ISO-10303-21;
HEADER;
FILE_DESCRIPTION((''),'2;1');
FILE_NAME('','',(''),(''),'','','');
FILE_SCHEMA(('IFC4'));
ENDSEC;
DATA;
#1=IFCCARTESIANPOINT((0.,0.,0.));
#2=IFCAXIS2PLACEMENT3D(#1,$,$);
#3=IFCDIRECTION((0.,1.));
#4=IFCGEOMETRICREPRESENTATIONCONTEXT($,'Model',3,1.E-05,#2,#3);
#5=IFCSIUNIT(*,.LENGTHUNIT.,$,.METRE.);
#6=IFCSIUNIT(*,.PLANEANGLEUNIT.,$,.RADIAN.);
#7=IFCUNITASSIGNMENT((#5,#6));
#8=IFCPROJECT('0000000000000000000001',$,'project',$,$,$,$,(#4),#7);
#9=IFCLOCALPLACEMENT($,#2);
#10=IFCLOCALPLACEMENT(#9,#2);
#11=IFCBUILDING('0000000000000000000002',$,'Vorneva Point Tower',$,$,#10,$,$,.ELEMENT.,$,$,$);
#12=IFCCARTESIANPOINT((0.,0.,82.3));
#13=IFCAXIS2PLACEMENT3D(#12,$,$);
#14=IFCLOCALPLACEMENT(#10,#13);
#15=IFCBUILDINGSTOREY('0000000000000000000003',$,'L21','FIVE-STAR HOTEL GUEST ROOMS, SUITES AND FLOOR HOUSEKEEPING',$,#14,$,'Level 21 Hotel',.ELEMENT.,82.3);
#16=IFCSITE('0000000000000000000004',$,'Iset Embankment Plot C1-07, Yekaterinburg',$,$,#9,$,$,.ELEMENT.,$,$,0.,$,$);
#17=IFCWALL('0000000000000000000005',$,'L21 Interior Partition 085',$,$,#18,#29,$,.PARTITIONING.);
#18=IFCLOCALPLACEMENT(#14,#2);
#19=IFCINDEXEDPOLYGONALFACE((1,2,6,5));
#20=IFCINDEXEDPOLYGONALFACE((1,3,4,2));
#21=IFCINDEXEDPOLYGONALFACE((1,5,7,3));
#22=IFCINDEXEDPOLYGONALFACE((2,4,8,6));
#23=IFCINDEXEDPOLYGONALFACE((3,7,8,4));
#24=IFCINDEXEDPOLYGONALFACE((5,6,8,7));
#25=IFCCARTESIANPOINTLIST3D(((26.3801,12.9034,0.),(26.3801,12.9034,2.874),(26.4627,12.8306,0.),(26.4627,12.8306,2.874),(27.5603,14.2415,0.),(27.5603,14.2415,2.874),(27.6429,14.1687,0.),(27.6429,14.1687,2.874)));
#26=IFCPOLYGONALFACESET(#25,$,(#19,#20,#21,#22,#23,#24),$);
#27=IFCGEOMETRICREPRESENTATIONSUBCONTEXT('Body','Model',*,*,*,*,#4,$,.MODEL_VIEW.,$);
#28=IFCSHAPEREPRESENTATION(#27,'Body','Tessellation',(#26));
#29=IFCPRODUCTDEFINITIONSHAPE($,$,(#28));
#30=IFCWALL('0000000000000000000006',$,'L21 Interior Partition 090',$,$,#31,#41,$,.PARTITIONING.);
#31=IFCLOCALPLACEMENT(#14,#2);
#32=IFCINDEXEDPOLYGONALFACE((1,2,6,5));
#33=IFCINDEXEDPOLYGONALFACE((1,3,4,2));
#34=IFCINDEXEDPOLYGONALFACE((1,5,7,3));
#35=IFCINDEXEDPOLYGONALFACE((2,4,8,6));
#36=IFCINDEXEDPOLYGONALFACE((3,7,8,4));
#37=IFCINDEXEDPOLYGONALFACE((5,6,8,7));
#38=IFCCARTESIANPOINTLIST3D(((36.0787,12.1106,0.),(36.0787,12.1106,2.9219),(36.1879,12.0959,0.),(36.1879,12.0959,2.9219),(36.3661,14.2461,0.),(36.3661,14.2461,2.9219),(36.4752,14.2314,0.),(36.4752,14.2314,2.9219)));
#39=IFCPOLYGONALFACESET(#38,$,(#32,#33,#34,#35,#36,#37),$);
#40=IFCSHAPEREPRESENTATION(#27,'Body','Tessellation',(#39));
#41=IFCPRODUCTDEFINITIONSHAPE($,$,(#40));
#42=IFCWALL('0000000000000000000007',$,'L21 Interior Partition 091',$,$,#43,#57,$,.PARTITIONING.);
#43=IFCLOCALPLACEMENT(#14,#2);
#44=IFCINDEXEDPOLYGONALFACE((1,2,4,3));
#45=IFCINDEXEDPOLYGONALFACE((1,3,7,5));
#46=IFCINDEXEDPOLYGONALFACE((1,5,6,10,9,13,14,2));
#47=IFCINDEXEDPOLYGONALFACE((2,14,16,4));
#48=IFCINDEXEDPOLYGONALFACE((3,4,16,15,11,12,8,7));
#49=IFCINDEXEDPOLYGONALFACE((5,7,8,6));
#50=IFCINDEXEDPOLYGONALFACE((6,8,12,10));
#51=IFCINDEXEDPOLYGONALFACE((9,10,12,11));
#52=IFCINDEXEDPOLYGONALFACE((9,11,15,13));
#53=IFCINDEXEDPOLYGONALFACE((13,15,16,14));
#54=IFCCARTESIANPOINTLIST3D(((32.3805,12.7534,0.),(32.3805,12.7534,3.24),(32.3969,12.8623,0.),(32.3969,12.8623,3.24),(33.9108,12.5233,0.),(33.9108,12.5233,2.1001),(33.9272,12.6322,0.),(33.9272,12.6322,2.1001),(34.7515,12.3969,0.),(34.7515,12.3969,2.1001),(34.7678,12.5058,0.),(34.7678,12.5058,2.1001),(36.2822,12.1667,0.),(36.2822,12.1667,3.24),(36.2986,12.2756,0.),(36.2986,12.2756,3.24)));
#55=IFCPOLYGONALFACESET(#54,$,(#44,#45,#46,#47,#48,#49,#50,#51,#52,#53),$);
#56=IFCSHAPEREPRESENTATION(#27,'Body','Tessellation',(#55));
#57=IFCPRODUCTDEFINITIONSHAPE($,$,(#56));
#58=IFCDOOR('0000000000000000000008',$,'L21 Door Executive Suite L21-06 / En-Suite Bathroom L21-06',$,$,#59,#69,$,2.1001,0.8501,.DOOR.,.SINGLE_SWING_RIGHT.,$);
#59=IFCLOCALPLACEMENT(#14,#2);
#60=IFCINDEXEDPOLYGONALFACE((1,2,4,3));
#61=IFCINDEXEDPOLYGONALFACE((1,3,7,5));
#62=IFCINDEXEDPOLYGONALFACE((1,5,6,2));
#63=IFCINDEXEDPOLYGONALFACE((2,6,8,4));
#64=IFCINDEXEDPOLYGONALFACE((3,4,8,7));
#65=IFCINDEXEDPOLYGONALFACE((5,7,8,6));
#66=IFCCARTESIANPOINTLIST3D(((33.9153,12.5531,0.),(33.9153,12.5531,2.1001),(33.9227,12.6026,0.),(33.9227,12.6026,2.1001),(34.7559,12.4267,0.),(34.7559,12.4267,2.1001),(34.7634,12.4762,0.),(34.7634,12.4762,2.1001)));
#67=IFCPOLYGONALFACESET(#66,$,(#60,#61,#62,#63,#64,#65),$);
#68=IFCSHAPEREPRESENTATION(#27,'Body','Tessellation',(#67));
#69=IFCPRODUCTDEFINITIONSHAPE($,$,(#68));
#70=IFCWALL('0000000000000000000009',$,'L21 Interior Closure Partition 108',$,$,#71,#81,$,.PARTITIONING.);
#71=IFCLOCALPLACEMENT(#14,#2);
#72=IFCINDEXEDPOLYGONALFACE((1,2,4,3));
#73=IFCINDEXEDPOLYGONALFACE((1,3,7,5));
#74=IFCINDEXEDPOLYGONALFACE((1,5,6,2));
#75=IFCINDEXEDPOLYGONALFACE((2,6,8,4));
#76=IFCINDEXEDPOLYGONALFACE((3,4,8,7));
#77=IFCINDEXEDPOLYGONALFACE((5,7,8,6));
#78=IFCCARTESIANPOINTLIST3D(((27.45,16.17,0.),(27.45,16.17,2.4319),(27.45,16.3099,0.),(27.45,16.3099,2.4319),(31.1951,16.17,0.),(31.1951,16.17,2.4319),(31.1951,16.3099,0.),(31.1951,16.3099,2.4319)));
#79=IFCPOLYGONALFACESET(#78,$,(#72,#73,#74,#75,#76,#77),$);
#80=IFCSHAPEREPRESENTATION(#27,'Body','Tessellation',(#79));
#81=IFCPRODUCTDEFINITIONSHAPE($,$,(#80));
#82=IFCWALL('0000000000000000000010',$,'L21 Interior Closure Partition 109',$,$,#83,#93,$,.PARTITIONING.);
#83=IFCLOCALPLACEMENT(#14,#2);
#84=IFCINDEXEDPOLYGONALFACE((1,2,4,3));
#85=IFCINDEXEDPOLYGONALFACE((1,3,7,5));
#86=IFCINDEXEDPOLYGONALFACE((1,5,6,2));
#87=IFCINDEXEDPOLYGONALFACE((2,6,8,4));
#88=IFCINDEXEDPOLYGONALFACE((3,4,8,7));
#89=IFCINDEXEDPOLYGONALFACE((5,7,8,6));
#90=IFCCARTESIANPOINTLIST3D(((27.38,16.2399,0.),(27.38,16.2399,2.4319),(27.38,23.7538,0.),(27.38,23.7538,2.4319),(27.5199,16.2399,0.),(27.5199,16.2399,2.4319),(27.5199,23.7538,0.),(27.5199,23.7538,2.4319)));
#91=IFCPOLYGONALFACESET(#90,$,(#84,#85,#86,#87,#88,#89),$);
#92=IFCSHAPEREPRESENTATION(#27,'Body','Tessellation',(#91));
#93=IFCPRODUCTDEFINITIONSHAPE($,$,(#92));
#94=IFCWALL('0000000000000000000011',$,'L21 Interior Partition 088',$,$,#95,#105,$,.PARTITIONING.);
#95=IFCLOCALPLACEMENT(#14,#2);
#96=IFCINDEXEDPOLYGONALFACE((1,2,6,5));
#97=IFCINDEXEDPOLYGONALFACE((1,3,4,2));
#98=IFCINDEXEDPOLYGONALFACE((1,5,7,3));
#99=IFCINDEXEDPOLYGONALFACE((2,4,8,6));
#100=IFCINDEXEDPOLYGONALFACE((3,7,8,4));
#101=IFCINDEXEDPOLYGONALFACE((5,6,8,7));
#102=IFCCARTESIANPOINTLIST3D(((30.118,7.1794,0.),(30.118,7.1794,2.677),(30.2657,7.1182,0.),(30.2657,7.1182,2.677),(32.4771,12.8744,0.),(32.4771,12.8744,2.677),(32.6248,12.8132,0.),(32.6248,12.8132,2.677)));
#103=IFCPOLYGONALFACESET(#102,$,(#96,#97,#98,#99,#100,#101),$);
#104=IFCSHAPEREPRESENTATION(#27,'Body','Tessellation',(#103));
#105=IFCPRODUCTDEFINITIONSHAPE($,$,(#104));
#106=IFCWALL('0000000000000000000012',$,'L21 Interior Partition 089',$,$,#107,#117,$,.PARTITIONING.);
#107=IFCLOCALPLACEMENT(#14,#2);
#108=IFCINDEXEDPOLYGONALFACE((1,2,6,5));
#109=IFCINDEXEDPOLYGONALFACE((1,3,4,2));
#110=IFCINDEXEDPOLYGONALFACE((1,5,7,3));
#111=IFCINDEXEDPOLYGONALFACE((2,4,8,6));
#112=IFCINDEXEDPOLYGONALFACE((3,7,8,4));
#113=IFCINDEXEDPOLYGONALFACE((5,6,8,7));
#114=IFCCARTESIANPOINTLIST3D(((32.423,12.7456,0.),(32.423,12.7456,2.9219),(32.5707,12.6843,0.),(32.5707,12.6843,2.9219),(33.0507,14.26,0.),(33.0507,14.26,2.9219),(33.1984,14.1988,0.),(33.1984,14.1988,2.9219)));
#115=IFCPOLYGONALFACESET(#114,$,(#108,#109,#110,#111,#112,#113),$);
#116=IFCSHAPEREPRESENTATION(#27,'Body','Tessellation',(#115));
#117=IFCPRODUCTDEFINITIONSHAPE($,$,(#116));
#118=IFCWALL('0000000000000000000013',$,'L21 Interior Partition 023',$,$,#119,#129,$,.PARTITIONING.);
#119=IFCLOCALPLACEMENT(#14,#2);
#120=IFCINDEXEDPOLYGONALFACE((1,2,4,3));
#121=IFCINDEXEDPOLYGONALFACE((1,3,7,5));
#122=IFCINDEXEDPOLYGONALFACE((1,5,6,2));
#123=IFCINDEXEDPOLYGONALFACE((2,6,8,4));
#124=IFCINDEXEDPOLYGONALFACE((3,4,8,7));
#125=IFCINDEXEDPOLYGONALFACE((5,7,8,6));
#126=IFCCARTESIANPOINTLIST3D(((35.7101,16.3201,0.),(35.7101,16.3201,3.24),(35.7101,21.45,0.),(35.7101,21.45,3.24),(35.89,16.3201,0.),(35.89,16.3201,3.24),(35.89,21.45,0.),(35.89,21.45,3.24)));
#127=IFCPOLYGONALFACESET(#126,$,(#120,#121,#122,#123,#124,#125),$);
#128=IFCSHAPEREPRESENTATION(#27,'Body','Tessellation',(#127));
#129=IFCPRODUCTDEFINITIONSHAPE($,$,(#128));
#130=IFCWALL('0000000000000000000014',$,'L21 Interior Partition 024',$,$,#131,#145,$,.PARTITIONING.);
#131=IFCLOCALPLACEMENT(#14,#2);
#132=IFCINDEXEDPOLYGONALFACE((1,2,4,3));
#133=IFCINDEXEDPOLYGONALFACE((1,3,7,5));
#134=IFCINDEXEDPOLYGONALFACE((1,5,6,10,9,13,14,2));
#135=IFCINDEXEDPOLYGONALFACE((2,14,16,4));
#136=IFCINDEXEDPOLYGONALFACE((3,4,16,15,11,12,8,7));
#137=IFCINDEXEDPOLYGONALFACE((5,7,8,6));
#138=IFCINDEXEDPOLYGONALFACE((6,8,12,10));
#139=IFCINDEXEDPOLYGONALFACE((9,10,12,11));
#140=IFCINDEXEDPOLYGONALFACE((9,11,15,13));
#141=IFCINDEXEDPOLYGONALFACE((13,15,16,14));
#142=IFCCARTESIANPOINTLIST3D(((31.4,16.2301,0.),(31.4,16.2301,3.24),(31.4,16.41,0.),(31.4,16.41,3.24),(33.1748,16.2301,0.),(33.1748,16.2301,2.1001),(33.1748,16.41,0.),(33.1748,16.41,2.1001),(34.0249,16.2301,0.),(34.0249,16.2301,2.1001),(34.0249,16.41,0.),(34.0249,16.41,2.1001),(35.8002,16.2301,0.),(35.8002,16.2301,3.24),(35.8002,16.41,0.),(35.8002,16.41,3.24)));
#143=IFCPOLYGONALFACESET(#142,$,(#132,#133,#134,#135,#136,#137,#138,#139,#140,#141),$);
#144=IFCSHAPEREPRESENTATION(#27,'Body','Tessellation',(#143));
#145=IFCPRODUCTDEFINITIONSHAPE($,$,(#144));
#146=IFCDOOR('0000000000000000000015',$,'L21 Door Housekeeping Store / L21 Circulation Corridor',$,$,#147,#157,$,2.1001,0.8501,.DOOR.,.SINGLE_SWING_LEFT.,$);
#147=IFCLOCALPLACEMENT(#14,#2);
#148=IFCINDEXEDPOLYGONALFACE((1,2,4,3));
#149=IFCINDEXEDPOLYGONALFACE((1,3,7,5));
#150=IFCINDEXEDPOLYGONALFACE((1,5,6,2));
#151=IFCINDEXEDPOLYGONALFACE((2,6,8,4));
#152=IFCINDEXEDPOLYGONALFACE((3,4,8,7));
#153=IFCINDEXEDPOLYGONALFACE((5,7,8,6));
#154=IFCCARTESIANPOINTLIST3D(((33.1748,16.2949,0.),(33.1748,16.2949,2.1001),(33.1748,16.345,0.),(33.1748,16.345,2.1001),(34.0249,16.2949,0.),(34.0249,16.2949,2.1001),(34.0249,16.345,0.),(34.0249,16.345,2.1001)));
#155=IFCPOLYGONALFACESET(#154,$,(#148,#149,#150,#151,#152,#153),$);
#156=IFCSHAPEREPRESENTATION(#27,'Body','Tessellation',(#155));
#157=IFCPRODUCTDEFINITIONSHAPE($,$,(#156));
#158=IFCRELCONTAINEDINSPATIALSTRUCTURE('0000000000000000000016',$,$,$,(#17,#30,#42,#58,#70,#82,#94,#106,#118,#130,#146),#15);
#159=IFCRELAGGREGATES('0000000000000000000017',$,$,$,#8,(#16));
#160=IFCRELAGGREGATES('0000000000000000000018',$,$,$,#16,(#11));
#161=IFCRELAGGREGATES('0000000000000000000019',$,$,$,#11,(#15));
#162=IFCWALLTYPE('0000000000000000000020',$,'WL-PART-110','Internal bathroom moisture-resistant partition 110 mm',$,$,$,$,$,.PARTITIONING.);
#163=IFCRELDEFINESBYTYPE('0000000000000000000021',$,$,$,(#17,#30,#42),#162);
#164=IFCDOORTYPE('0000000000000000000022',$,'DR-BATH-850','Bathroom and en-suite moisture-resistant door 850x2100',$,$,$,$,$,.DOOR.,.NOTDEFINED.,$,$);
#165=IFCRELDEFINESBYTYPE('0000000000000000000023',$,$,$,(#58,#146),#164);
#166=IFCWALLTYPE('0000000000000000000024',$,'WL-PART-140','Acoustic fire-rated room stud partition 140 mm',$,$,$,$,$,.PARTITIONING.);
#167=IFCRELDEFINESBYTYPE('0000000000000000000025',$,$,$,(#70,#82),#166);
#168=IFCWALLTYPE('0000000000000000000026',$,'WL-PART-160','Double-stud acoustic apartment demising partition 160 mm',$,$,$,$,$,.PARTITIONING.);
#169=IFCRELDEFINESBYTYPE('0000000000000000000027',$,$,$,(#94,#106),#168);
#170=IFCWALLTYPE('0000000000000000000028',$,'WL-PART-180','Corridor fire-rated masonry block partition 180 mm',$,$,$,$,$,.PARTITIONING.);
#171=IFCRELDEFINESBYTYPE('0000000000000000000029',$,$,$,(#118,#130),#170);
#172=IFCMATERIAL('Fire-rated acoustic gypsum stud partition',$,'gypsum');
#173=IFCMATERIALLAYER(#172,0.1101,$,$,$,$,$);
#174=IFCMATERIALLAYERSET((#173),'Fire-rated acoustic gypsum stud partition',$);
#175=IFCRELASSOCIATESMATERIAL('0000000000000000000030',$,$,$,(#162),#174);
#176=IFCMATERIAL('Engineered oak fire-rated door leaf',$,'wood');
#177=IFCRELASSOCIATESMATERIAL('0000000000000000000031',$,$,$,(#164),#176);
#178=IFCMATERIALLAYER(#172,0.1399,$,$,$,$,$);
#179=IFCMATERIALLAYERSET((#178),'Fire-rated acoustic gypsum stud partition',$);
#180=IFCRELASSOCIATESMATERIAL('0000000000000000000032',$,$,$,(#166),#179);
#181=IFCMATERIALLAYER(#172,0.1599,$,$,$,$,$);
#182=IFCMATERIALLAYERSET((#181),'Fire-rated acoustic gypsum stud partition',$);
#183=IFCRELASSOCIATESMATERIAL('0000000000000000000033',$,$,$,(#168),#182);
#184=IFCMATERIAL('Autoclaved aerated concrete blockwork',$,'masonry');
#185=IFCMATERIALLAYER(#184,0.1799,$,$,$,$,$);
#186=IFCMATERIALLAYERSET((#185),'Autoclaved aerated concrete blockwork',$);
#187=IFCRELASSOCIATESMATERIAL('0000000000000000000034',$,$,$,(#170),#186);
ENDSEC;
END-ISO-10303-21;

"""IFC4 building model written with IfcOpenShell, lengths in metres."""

from ifc_helpers import new_model, si_unit, direction, frame, frame_2d, origin, place, context, subcontext, project, spatial, rectangle, extrude, material, layer, layer_set, type_object, element, fill, save


model = new_model("IFC4")

# Units and contexts
model_context = context("Model", 3, precision=1e-05, world=origin(), true_north=direction((0.0, 1.0)))
body_context = subcontext(model_context, "Body", "Model", "MODEL_VIEW")
ifc_project = project(units=[si_unit("LENGTHUNIT", "METRE"), si_unit("PLANEANGLEUNIT", "RADIAN")], contexts=[model_context])

# Site, building, storey
site_placement = place(None, origin())
site = spatial("IfcSite", under=ifc_project, at=site_placement, Name="Iset Embankment Plot C1-07, Yekaterinburg", CompositionType="ELEMENT", RefElevation=0.0)
building_placement = place(site_placement, origin())
building = spatial("IfcBuilding", under=site, at=building_placement, Name="Vorneva Point Tower", CompositionType="ELEMENT")
storey_placement = place(building_placement, frame((0.0, 0.0, 82.3)))
storey = spatial("IfcBuildingStorey", under=building, at=storey_placement, Name="L21", Description="FIVE-STAR HOTEL GUEST ROOMS, SUITES AND FLOOR HOUSEKEEPING", LongName="Level 21 Hotel", CompositionType="ELEMENT", Elevation=82.3)

# Walls
ifc_material_1 = material(Name="Fire-rated acoustic gypsum stud partition", Category="gypsum")
ifc_layer_1 = layer(ifc_material_1, 0.1101)
ifc_layer_set_1 = layer_set([ifc_layer_1], Name="Fire-rated acoustic gypsum stud partition")
wall_type_1 = type_object("IfcWallType", Name="WL-PART-110", Description="Internal bathroom moisture-resistant partition 110 mm", PredefinedType="PARTITIONING", material=ifc_layer_set_1)
wall_1_placement = place(storey_placement, frame((27.6016, 14.2051, 0.0), z_axis=(0.0, 0.0, 1.0), x_axis=(-0.661454, -0.749986, 0.0)))
element("IfcWall", 1, at=wall_1_placement, inside=storey, type_object=wall_type_1, Name="L21 Interior Partition 085", PredefinedType="PARTITIONING", context=body_context, shape_type="SweptSolid", body=[
    extrude(rectangle(XDim=1.7842, YDim=0.1101, at=frame_2d((0.8921, 0.0))), origin(), (0.0, 0.0, 1.0), 2.874),
])
wall_2_placement = place(storey_placement, frame((36.4207, 14.2388, 0.0), z_axis=(0.0, 0.0, 1.0), x_axis=(-0.133359, -0.991068, 0.0)))
element("IfcWall", 2, at=wall_2_placement, inside=storey, type_object=wall_type_1, Name="L21 Interior Partition 090", PredefinedType="PARTITIONING", context=body_context, shape_type="SweptSolid", body=[
    extrude(rectangle(XDim=2.1548, YDim=0.1101, at=frame_2d((1.0774, 0.0))), origin(), (0.0, 0.0, 1.0), 2.9219),
])

# Wall, opening, door
wall_3_placement = place(storey_placement, frame((36.2903, 12.2212, 0.0), z_axis=(0.0, 0.0, 1.0), x_axis=(-0.988883, 0.148694, 0.0)))
wall_3 = element("IfcWall", 3, at=wall_3_placement, inside=storey, type_object=wall_type_1, Name="L21 Interior Partition 091", PredefinedType="PARTITIONING", context=body_context, shape_type="SweptSolid", body=[
    extrude(rectangle(XDim=3.9456, YDim=0.1101, at=frame_2d((1.9727, 0.0))), origin(), (0.0, 0.0, 1.0), 3.24),
])
opening_1_placement = place(wall_3_placement, frame((1.5479, 0.0, 0.0)))
opening_1 = element("IfcOpeningElement", 4, at=opening_1_placement, cuts=wall_3, PredefinedType="OPENING", context=body_context, shape_type="SweptSolid", body=[
    extrude(rectangle(XDim=0.8501, YDim=2.1001, at=frame_2d((0.425, 1.05))), frame((0.0, 0.0698, 0.0), z_axis=(0.0, -1.0, 0.0), x_axis=(1.0, 0.0, 0.0)), (0.0, 0.0, 1.0), 0.1399),
])
ifc_material_2 = material(Name="Engineered oak fire-rated door leaf", Category="wood")
door_type_1 = type_object("IfcDoorType", Name="DR-BATH-850", Description="Bathroom and en-suite moisture-resistant door 850x2100", OperationType="NOTDEFINED", PredefinedType="DOOR", material=ifc_material_2)
door_1_placement = place(opening_1_placement, origin())
door_1 = element("IfcDoor", 5, at=door_1_placement, inside=storey, type_object=door_type_1, Name="L21 Door Executive Suite L21-06 / En-Suite Bathroom L21-06", OperationType="SINGLE_SWING_RIGHT", OverallHeight=2.1001, OverallWidth=0.8501, PredefinedType="DOOR", context=body_context, shape_type="SweptSolid", body=[
    extrude(rectangle(XDim=0.8501, YDim=2.1001, at=frame_2d((0.425, 1.05))), frame((0.0, 0.0249, 0.0), z_axis=(0.0, -1.0, 0.0), x_axis=(1.0, 0.0, 0.0)), (0.0, 0.0, 1.0), 0.05),
])
fill(opening_1, door_1)

# Walls
ifc_layer_2 = layer(ifc_material_1, 0.1399)
ifc_layer_set_2 = layer_set([ifc_layer_2], Name="Fire-rated acoustic gypsum stud partition")
wall_type_2 = type_object("IfcWallType", Name="WL-PART-140", Description="Acoustic fire-rated room stud partition 140 mm", PredefinedType="PARTITIONING", material=ifc_layer_set_2)
wall_4_placement = place(storey_placement, frame((31.1951, 16.24, 0.0), z_axis=(0.0, 0.0, 1.0), x_axis=(-1.0, 0.0, 0.0)))
element("IfcWall", 6, at=wall_4_placement, inside=storey, type_object=wall_type_2, Name="L21 Interior Closure Partition 108", PredefinedType="PARTITIONING", context=body_context, shape_type="SweptSolid", body=[
    extrude(rectangle(XDim=3.7451, YDim=0.1399, at=frame_2d((1.8726, 0.0))), origin(), (0.0, 0.0, 1.0), 2.4319),
])
wall_5_placement = place(storey_placement, frame((27.45, 16.24, 0.0), z_axis=(0.0, 0.0, 1.0), x_axis=(0.0, 1.0, 0.0)))
element("IfcWall", 7, at=wall_5_placement, inside=storey, type_object=wall_type_2, Name="L21 Interior Closure Partition 109", PredefinedType="PARTITIONING", context=body_context, shape_type="SweptSolid", body=[
    extrude(rectangle(XDim=7.5139, YDim=0.1399, at=frame_2d((3.7568, 0.0))), origin(), (0.0, 0.0, 1.0), 2.4319),
])
ifc_layer_3 = layer(ifc_material_1, 0.1599)
ifc_layer_set_3 = layer_set([ifc_layer_3], Name="Fire-rated acoustic gypsum stud partition")
wall_type_3 = type_object("IfcWallType", Name="WL-PART-160", Description="Double-stud acoustic apartment demising partition 160 mm", PredefinedType="PARTITIONING", material=ifc_layer_set_3)
wall_6_placement = place(storey_placement, frame((30.1919, 7.1489, 0.0), z_axis=(0.0, 0.0, 1.0), x_axis=(0.382705, 0.923871, 0.0)))
element("IfcWall", 8, at=wall_6_placement, inside=storey, type_object=wall_type_3, Name="L21 Interior Partition 088", PredefinedType="PARTITIONING", context=body_context, shape_type="SweptSolid", body=[
    extrude(rectangle(XDim=6.1643, YDim=0.1599, at=frame_2d((3.082, 0.0))), origin(), (0.0, 0.0, 1.0), 2.677),
])
wall_7_placement = place(storey_placement, frame((32.4968, 12.7148, 0.0), z_axis=(0.0, 0.0, 1.0), x_axis=(0.382891, 0.923794, 0.0)))
element("IfcWall", 9, at=wall_7_placement, inside=storey, type_object=wall_type_3, Name="L21 Interior Partition 089", PredefinedType="PARTITIONING", context=body_context, shape_type="SweptSolid", body=[
    extrude(rectangle(XDim=1.6394, YDim=0.1599, at=frame_2d((0.8198, 0.0))), origin(), (0.0, 0.0, 1.0), 2.9219),
])
ifc_material_3 = material(Name="Autoclaved aerated concrete blockwork", Category="masonry")
ifc_layer_4 = layer(ifc_material_3, 0.1799)
ifc_layer_set_4 = layer_set([ifc_layer_4], Name="Autoclaved aerated concrete blockwork")
wall_type_4 = type_object("IfcWallType", Name="WL-PART-180", Description="Corridor fire-rated masonry block partition 180 mm", PredefinedType="PARTITIONING", material=ifc_layer_set_4)
wall_8_placement = place(storey_placement, frame((35.8, 16.3201, 0.0), z_axis=(0.0, 0.0, 1.0), x_axis=(0.0, 1.0, 0.0)))
element("IfcWall", 10, at=wall_8_placement, inside=storey, type_object=wall_type_4, Name="L21 Interior Partition 023", PredefinedType="PARTITIONING", context=body_context, shape_type="SweptSolid", body=[
    extrude(rectangle(XDim=5.1299, YDim=0.1799, at=frame_2d((2.5649, 0.0))), origin(), (0.0, 0.0, 1.0), 3.24),
])

# Wall, opening, door
wall_9_placement = place(storey_placement, frame((31.3999, 16.3201, 0.0), z_axis=(0.0, 0.0, 1.0), x_axis=(1.0, 0.0, 0.0)))
wall_9 = element("IfcWall", 11, at=wall_9_placement, inside=storey, type_object=wall_type_4, Name="L21 Interior Partition 024", PredefinedType="PARTITIONING", context=body_context, shape_type="SweptSolid", body=[
    extrude(rectangle(XDim=4.4001, YDim=0.1799, at=frame_2d((2.2002, 0.0))), origin(), (0.0, 0.0, 1.0), 3.24),
])
opening_2_placement = place(wall_9_placement, frame((1.7749, 0.0, 0.0)))
opening_2 = element("IfcOpeningElement", 12, at=opening_2_placement, cuts=wall_9, PredefinedType="OPENING", context=body_context, shape_type="SweptSolid", body=[
    extrude(rectangle(XDim=0.8501, YDim=2.1001, at=frame_2d((0.425, 1.05))), frame((0.0, 0.105, 0.0), z_axis=(0.0, -1.0, 0.0), x_axis=(1.0, 0.0, 0.0)), (0.0, 0.0, 1.0), 0.2097),
])
door_2_placement = place(opening_2_placement, origin())
door_2 = element("IfcDoor", 13, at=door_2_placement, inside=storey, type_object=door_type_1, Name="L21 Door Housekeeping Store / L21 Circulation Corridor", OperationType="SINGLE_SWING_LEFT", OverallHeight=2.1001, OverallWidth=0.8501, PredefinedType="DOOR", context=body_context, shape_type="SweptSolid", body=[
    extrude(rectangle(XDim=0.8501, YDim=2.1001, at=frame_2d((0.425, 1.05))), frame((0.0, 0.0249, 0.0), z_axis=(0.0, -1.0, 0.0), x_axis=(1.0, 0.0, 0.0)), (0.0, 0.0, 1.0), 0.05),
])
fill(opening_2, door_2)

save(model, "model.ifc")
